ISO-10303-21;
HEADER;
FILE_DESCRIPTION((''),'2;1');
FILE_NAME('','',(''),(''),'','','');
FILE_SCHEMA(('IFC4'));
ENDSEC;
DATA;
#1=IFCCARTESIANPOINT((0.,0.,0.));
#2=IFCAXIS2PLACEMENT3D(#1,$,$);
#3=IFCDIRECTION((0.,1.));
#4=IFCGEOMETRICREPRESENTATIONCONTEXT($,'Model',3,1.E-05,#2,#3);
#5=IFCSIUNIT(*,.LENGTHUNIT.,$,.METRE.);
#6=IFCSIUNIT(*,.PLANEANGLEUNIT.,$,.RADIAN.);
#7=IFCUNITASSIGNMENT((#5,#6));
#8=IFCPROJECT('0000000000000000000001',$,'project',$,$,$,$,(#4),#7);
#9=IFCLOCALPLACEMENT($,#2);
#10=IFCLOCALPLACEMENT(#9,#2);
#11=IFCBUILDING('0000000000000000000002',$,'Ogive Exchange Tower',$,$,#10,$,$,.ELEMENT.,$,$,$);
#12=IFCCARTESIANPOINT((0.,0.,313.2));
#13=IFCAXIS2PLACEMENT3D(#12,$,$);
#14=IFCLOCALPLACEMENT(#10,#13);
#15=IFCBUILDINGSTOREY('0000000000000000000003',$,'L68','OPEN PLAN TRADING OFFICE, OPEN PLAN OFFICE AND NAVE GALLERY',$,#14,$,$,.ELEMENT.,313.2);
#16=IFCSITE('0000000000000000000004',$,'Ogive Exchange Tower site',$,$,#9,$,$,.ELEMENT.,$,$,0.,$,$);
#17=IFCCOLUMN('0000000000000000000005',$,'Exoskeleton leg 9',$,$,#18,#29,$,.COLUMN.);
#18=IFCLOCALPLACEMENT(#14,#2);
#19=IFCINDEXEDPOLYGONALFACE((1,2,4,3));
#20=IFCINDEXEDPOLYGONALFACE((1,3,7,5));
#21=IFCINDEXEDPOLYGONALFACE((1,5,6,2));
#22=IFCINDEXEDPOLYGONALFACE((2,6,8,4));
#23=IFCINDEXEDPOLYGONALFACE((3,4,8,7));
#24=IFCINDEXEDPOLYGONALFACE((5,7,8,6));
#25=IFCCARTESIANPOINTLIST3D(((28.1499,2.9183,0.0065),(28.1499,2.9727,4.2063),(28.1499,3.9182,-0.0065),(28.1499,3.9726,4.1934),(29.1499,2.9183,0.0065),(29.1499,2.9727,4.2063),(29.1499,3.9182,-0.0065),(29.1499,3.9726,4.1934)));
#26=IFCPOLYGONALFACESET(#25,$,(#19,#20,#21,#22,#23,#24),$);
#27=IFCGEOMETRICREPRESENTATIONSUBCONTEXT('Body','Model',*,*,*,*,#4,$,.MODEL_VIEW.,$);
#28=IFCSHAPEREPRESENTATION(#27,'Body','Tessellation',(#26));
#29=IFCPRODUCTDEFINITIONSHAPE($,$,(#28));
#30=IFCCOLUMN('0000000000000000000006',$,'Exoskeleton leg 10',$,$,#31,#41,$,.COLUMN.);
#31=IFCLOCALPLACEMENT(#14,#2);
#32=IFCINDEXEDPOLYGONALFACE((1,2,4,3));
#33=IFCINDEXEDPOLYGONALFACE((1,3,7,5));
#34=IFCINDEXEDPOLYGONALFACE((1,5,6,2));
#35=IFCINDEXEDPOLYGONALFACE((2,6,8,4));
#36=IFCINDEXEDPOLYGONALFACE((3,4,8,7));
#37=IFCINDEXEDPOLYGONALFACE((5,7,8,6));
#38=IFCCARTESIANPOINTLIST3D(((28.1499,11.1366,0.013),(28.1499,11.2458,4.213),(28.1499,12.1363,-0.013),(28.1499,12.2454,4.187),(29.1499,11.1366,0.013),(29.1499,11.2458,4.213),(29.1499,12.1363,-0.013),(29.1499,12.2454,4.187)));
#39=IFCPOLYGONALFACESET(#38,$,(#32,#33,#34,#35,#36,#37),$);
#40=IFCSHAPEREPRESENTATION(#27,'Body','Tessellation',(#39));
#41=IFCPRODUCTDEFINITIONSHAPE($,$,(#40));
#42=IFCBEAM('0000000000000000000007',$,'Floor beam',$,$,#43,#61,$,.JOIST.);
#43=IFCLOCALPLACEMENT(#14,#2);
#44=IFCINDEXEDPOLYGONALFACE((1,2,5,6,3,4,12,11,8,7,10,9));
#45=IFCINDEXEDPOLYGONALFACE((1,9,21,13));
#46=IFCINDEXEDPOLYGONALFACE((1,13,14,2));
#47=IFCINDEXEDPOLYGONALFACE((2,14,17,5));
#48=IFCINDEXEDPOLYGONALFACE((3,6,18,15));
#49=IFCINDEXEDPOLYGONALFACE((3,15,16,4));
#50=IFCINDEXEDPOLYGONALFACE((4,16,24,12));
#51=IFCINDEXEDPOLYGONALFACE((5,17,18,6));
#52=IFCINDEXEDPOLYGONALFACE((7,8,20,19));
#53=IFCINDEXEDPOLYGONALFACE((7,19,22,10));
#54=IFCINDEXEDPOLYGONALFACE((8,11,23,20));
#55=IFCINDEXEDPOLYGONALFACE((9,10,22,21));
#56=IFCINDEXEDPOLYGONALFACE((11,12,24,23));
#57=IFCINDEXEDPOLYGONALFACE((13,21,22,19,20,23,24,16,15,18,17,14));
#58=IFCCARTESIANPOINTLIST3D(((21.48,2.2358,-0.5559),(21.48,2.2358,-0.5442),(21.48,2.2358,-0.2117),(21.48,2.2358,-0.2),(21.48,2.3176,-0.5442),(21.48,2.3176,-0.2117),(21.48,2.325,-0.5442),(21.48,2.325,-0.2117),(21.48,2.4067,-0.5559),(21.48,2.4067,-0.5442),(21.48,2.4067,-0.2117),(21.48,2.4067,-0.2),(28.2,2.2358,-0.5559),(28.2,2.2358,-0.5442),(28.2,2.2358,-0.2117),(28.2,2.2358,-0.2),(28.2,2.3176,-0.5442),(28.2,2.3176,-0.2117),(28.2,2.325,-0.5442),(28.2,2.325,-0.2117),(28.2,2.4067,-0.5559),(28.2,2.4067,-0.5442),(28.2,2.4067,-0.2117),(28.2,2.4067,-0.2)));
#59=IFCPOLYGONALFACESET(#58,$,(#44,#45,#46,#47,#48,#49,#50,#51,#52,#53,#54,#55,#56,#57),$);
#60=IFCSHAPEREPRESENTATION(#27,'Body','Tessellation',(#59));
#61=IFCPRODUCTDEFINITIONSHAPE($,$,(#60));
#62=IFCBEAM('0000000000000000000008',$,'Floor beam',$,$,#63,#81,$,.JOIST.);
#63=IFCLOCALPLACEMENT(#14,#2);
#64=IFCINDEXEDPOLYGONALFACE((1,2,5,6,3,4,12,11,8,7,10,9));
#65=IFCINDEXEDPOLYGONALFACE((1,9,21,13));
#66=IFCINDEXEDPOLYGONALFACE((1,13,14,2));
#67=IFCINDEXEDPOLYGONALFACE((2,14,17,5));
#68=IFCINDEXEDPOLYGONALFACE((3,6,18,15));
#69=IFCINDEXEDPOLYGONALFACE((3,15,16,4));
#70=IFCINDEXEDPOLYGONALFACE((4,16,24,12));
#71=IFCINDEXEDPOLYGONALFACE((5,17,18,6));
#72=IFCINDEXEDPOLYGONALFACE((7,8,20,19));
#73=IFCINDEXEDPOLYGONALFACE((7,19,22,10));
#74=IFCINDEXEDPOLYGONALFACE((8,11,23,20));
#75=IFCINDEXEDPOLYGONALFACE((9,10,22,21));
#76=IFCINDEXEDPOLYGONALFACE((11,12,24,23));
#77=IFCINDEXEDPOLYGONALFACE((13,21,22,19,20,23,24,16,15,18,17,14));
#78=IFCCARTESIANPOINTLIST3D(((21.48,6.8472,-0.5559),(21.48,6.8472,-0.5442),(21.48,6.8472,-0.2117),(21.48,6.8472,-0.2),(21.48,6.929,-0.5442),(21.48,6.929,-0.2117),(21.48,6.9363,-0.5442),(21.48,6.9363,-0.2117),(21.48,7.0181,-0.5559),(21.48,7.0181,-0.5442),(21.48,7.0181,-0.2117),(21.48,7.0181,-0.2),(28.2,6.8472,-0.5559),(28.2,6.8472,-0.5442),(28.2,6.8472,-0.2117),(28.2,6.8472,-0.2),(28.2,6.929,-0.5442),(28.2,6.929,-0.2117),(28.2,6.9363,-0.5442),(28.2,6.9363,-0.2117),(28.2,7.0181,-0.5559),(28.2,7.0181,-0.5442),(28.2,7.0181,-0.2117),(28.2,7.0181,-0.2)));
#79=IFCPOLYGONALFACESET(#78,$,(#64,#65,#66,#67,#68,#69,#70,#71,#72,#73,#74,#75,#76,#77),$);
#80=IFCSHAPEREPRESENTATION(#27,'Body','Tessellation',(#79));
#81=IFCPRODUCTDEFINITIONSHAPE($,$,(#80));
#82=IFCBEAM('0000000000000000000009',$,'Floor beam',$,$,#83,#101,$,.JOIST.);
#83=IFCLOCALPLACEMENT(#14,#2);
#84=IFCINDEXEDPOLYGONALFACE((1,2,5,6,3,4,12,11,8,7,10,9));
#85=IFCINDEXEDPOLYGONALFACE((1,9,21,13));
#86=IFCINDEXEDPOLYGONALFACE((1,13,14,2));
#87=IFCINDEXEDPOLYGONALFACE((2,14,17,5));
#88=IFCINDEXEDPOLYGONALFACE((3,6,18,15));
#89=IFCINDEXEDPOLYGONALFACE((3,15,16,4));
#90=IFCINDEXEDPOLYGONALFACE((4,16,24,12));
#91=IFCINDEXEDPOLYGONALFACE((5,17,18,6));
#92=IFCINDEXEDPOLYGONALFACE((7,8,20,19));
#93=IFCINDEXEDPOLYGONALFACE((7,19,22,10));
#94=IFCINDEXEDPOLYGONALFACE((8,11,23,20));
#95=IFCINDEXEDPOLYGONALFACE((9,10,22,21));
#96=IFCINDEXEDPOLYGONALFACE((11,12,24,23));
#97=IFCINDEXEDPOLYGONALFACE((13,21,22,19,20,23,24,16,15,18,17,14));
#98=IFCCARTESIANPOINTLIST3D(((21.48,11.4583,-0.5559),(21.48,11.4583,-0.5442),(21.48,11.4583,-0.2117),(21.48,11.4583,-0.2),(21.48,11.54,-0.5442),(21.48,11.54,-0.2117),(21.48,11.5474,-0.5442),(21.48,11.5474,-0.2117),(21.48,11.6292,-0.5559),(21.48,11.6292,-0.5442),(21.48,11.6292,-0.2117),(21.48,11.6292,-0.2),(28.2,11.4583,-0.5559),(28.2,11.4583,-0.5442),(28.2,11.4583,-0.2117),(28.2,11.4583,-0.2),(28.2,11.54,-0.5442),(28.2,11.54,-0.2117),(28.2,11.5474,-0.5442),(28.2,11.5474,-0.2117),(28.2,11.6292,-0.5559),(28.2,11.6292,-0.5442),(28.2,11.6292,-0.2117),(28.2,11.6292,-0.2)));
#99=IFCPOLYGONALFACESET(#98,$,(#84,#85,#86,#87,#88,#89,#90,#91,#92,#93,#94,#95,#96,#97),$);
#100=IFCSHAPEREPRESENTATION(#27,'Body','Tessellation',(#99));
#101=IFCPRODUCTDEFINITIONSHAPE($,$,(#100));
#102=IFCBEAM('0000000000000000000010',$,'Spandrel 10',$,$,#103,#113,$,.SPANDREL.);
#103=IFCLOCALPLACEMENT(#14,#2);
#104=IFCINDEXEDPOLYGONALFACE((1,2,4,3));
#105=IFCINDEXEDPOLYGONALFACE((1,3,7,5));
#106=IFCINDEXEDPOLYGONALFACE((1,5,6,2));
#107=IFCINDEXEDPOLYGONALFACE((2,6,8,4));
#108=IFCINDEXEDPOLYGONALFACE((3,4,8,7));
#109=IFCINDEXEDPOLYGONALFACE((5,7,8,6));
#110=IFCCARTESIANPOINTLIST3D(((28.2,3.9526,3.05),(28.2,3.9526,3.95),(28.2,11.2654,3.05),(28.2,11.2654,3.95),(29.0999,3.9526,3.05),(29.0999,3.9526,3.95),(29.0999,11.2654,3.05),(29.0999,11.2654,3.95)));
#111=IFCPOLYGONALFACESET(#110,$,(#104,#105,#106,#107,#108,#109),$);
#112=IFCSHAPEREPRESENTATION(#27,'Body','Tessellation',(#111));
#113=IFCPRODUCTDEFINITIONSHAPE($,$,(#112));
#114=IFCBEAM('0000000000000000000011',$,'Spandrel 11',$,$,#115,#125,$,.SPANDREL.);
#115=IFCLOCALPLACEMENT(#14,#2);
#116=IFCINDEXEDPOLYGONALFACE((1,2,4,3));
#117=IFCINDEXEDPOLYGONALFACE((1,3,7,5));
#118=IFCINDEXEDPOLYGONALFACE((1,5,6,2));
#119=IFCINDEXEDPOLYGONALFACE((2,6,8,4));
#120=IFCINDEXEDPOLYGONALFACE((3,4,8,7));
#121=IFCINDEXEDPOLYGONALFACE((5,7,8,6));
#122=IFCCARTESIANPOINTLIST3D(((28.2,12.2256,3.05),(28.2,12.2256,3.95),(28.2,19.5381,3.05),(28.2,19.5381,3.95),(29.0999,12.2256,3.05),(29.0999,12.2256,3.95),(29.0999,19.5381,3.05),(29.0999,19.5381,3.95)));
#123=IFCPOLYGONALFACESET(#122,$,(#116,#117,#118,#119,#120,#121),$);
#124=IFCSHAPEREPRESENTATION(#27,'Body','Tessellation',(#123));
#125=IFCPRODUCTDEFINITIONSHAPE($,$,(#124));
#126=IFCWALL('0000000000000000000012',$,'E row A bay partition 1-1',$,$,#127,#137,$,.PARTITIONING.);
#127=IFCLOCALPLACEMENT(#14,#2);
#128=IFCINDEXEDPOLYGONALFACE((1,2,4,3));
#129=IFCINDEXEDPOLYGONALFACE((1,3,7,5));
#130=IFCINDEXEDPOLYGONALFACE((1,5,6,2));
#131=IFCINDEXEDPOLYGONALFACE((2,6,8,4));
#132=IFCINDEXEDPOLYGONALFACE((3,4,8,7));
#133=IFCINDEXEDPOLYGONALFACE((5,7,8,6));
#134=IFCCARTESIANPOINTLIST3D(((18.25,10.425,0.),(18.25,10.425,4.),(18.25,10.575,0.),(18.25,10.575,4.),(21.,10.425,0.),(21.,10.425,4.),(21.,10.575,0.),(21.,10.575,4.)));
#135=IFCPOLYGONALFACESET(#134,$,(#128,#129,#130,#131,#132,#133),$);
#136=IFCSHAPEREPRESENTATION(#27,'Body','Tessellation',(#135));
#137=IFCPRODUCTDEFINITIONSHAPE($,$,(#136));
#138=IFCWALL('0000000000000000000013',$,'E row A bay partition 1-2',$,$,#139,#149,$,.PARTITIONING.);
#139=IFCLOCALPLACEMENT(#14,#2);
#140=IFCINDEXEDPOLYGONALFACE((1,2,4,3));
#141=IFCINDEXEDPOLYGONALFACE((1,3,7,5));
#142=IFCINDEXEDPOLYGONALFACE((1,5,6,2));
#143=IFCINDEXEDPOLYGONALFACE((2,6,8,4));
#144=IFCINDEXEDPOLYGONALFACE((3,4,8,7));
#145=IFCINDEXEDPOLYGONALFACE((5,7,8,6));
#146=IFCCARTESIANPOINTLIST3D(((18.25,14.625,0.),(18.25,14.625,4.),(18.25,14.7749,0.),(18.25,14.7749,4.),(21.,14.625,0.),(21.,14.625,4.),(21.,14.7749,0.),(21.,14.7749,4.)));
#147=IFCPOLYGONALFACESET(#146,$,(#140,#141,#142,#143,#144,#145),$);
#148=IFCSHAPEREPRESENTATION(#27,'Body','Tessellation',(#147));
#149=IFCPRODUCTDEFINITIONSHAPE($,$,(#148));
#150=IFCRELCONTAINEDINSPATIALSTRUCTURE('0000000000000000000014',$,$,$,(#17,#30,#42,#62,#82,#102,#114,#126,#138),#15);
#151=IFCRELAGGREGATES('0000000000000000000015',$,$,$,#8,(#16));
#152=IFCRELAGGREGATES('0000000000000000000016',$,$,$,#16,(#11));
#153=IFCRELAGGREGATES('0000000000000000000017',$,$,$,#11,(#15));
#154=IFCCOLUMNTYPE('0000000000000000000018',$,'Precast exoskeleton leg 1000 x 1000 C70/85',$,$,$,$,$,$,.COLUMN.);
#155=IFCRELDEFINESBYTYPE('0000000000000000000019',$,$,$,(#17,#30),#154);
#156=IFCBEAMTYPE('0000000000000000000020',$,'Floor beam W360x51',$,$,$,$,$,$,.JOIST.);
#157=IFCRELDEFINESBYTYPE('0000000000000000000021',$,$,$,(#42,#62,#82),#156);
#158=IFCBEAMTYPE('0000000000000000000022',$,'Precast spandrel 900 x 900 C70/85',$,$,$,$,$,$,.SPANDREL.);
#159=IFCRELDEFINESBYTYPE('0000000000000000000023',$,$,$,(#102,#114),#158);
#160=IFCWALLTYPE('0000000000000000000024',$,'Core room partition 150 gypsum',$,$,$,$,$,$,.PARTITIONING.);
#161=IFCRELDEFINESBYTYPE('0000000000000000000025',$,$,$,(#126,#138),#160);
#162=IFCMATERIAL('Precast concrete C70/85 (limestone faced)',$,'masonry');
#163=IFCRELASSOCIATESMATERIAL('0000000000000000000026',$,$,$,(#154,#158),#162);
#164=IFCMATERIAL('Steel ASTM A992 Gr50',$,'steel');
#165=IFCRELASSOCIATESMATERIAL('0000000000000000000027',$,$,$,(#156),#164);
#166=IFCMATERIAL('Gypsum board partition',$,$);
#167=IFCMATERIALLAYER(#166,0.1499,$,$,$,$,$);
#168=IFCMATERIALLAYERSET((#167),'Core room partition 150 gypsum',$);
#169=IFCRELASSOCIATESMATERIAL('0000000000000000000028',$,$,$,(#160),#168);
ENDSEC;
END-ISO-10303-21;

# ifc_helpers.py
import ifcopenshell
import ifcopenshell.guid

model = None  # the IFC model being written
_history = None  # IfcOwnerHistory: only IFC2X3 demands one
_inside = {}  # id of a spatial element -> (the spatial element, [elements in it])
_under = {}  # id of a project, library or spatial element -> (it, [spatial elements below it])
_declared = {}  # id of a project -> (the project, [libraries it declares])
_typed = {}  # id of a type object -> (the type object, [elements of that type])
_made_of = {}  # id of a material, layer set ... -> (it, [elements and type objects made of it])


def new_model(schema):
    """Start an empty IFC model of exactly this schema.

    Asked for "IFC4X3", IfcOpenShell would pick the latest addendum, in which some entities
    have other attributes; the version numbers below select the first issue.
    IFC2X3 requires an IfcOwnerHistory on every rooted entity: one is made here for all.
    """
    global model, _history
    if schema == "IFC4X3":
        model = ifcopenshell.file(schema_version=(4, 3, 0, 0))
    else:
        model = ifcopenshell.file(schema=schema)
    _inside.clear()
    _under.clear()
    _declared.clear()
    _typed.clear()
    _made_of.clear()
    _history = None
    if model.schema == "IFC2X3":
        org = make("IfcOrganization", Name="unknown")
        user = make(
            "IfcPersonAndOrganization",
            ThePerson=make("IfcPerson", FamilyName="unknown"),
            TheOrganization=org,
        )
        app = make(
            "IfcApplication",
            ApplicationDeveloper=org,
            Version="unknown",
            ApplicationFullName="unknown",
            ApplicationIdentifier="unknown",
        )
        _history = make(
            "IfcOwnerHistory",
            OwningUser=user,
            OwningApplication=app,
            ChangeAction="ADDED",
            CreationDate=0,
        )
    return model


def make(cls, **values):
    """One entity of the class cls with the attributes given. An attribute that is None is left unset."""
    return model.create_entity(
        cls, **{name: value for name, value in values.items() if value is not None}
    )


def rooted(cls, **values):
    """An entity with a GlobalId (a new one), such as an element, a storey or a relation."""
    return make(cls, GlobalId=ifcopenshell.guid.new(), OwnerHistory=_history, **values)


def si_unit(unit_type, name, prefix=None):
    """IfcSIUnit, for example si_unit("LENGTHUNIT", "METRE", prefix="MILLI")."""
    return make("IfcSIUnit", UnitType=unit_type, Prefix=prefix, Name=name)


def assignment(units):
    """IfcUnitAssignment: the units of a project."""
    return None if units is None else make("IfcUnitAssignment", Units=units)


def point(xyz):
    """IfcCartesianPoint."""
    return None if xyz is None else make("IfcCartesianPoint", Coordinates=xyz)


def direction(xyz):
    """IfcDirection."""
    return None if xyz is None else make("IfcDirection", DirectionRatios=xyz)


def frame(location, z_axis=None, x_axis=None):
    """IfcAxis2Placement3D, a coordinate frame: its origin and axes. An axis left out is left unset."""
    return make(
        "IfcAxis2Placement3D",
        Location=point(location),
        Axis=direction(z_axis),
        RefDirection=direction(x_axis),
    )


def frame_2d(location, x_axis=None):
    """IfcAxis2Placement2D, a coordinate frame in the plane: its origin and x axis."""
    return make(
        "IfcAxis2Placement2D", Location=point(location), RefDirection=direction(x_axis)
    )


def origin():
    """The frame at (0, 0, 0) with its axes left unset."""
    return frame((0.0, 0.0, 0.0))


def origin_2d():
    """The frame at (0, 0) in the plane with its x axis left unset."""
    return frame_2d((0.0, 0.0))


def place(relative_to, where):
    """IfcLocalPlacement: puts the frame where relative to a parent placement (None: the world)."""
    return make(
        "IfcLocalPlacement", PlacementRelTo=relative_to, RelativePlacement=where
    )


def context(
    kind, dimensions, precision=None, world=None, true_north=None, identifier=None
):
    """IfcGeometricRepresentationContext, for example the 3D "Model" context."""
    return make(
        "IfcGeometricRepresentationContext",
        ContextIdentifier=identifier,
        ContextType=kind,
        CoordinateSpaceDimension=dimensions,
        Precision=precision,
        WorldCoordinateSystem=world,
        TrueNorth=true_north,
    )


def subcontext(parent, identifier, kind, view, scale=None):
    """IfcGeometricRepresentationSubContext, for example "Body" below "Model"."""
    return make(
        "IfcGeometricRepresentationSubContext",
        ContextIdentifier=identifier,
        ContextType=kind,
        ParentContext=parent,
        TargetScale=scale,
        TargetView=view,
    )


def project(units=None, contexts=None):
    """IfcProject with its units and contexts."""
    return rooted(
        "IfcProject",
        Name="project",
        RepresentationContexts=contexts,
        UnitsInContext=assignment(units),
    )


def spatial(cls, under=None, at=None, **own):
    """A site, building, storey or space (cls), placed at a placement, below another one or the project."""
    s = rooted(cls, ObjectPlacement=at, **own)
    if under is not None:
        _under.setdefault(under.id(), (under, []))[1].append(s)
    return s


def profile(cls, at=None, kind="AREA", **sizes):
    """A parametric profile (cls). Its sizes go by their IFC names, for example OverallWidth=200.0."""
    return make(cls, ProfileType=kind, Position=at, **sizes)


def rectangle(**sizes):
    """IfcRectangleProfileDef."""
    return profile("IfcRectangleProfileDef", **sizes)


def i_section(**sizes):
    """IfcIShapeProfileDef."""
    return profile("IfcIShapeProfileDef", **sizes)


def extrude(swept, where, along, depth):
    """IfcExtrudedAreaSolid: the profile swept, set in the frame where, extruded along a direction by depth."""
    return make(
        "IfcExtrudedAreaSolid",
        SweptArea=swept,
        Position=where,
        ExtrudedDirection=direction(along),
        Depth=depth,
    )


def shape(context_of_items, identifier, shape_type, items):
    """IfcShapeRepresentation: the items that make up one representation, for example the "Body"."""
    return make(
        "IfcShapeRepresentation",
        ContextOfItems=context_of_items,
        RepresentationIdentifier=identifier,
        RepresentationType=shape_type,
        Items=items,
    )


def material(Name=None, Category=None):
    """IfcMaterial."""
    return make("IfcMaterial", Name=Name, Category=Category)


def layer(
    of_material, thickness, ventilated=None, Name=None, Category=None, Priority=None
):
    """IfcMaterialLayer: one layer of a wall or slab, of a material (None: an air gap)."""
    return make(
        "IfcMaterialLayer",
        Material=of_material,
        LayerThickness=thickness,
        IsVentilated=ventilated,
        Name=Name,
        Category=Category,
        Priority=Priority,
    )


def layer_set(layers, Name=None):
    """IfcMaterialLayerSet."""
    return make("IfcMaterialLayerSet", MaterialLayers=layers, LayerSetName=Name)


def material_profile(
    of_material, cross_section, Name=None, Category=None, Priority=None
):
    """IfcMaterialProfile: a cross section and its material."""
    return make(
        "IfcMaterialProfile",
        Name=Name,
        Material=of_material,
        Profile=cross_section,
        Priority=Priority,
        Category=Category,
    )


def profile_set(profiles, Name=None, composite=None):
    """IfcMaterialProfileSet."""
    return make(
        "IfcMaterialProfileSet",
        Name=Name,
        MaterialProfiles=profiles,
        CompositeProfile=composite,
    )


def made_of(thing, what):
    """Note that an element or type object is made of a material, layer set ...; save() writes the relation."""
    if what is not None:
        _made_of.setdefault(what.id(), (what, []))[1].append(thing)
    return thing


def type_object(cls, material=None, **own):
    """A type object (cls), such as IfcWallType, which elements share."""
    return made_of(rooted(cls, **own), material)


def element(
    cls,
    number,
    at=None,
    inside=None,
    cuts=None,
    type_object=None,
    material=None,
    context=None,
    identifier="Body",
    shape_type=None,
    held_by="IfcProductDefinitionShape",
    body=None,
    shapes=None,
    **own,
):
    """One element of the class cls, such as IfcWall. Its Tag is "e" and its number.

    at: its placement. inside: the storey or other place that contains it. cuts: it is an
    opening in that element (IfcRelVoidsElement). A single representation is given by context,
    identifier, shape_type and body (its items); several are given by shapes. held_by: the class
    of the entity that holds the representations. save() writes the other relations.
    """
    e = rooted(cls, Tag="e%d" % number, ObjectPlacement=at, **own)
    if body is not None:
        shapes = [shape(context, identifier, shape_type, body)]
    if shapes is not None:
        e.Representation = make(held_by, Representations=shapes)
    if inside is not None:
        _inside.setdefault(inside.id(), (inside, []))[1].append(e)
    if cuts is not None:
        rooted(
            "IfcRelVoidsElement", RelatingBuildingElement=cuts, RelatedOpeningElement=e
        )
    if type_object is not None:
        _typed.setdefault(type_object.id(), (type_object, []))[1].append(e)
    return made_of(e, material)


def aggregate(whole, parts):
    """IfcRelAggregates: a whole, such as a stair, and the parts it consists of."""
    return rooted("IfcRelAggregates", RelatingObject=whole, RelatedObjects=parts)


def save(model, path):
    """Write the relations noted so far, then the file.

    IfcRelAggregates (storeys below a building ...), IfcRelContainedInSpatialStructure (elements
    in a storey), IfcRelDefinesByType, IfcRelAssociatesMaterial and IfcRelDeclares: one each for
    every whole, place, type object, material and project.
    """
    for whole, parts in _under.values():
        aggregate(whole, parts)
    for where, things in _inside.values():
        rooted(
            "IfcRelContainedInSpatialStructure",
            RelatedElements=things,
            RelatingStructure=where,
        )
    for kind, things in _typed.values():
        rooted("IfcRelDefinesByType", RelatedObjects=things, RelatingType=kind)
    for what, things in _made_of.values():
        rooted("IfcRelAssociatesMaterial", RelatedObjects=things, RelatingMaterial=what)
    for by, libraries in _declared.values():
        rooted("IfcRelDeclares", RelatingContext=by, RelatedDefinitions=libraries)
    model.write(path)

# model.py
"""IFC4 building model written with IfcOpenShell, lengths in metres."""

from ifc_helpers import new_model, si_unit, direction, frame, frame_2d, origin, origin_2d, place, context, subcontext, project, spatial, rectangle, i_section, extrude, material, layer, layer_set, material_profile, profile_set, type_object, element, save


model = new_model("IFC4")

# Units and contexts
model_context = context("Model", 3, precision=1e-05, world=origin(), true_north=direction((0.0, 1.0)))
body_context = subcontext(model_context, "Body", "Model", "MODEL_VIEW")
ifc_project = project(units=[si_unit("LENGTHUNIT", "METRE"), si_unit("PLANEANGLEUNIT", "RADIAN")], contexts=[model_context])

# Site, building, storey
site_placement = place(None, origin())
site = spatial("IfcSite", under=ifc_project, at=site_placement, Name="Ogive Exchange Tower site", CompositionType="ELEMENT", RefElevation=0.0)
building_placement = place(site_placement, origin())
building = spatial("IfcBuilding", under=site, at=building_placement, Name="Ogive Exchange Tower", CompositionType="ELEMENT")
storey_placement = place(building_placement, frame((0.0, 0.0, 313.2)))
storey = spatial("IfcBuildingStorey", under=building, at=storey_placement, Name="L68", Description="OPEN PLAN TRADING OFFICE, OPEN PLAN OFFICE AND NAVE GALLERY", CompositionType="ELEMENT", Elevation=313.2)

# Columns
ifc_material_1 = material(Name="Precast concrete C70/85 (limestone faced)", Category="masonry")
ifc_material_profile_1 = material_profile(ifc_material_1, rectangle(XDim=1.0, YDim=1.0, at=origin_2d()), Name="1000 x 1000")
ifc_profile_set_1 = profile_set([ifc_material_profile_1], Name="Precast concrete C70/85 (limestone faced)")
column_type = type_object("IfcColumnType", Name="Precast exoskeleton leg 1000 x 1000 C70/85", PredefinedType="COLUMN", material=ifc_profile_set_1)
column_1_placement = place(storey_placement, frame((28.6499, 3.4182, 0.0), z_axis=(0.0, 0.012962, 0.999916), x_axis=(-1.0, 0.0, 0.0)))
element("IfcColumn", 1, at=column_1_placement, inside=storey, type_object=column_type, Name="Exoskeleton leg 9", PredefinedType="COLUMN", context=body_context, shape_type="SweptSolid", body=[
    extrude(rectangle(XDim=1.0, YDim=1.0, at=origin_2d()), origin(), (0.0, 0.0, 1.0), 4.2002),
])
column_2_placement = place(storey_placement, frame((28.6499, 11.6365, 0.0), z_axis=(0.0, 0.025975, 0.999663), x_axis=(-1.0, 0.0, 0.0)))
element("IfcColumn", 2, at=column_2_placement, inside=storey, type_object=column_type, Name="Exoskeleton leg 10", PredefinedType="COLUMN", context=body_context, shape_type="SweptSolid", body=[
    extrude(rectangle(XDim=1.0, YDim=1.0, at=origin_2d()), origin(), (0.0, 0.0, 1.0), 4.2014),
])

# Beams
ifc_material_2 = material(Name="Steel ASTM A992 Gr50", Category="steel")
ifc_material_profile_2 = material_profile(ifc_material_2, i_section(OverallWidth=0.1709, OverallDepth=0.356, WebThickness=0.0073, FlangeThickness=0.0117, at=origin_2d()), Name="W360x51")
ifc_profile_set_2 = profile_set([ifc_material_profile_2], Name="Steel ASTM A992 Gr50")
beam_type_1 = type_object("IfcBeamType", Name="Floor beam W360x51", PredefinedType="JOIST", material=ifc_profile_set_2)
for number, where, z_axis, x_axis, name in (
    (3, (21.48, 2.3213, -0.3779), (1.0, 0.0, 0.0), (0.0, 1.0, 0.0), "Floor beam"),
    (4, (21.48, 6.9326, -0.3779), (1.0, 0.0, 0.0), (0.0, 1.0, 0.0), "Floor beam"),
    (5, (21.48, 11.5437, -0.3779), (1.0, 0.0, 0.0), (0.0, 1.0, 0.0), "Floor beam"),
):
    element("IfcBeam", number, at=place(storey_placement, frame(where, z_axis=z_axis, x_axis=x_axis)), inside=storey, type_object=beam_type_1, Name=name, PredefinedType="JOIST", context=body_context, shape_type="SweptSolid", body=[
        extrude(i_section(OverallWidth=0.1709, OverallDepth=0.356, WebThickness=0.0073, FlangeThickness=0.0117, at=origin_2d()), origin(), (0.0, 0.0, 1.0), 6.72),
    ])
ifc_material_profile_3 = material_profile(ifc_material_1, rectangle(XDim=0.8999, YDim=0.8999, at=origin_2d()), Name="900 x 900")
ifc_profile_set_3 = profile_set([ifc_material_profile_3], Name="Precast concrete C70/85 (limestone faced)")
beam_type_2 = type_object("IfcBeamType", Name="Precast spandrel 900 x 900 C70/85", PredefinedType="SPANDREL", material=ifc_profile_set_3)
beam_1_placement = place(storey_placement, frame((28.6499, 3.9526, 3.5), z_axis=(0.0, 1.0, 0.0), x_axis=(-1.0, 0.0, 0.0)))
element("IfcBeam", 6, at=beam_1_placement, inside=storey, type_object=beam_type_2, Name="Spandrel 10", PredefinedType="SPANDREL", context=body_context, shape_type="SweptSolid", body=[
    extrude(rectangle(XDim=0.8999, YDim=0.8999, at=origin_2d()), origin(), (0.0, 0.0, 1.0), 7.3127),
])
beam_2_placement = place(storey_placement, frame((28.6499, 12.2256, 3.5), z_axis=(0.0, 1.0, 0.0), x_axis=(-1.0, 0.0, 0.0)))
element("IfcBeam", 7, at=beam_2_placement, inside=storey, type_object=beam_type_2, Name="Spandrel 11", PredefinedType="SPANDREL", context=body_context, shape_type="SweptSolid", body=[
    extrude(rectangle(XDim=0.8999, YDim=0.8999, at=origin_2d()), origin(), (0.0, 0.0, 1.0), 7.3125),
])

# Walls
ifc_material_3 = material(Name="Gypsum board partition")
ifc_layer_1 = layer(ifc_material_3, 0.1499)
ifc_layer_set_1 = layer_set([ifc_layer_1], Name="Core room partition 150 gypsum")
wall_type_1 = type_object("IfcWallType", Name="Core room partition 150 gypsum", PredefinedType="PARTITIONING", material=ifc_layer_set_1)
for number, where, z_axis, x_axis, name in (
    (8, (18.25, 10.5, 0.0), (0.0, 0.0, 1.0), (1.0, 0.0, 0.0), "E row A bay partition 1-1"),
    (9, (18.25, 14.7, 0.0), (0.0, 0.0, 1.0), (1.0, 0.0, 0.0), "E row A bay partition 1-2"),
):
    element("IfcWall", number, at=place(storey_placement, frame(where, z_axis=z_axis, x_axis=x_axis)), inside=storey, type_object=wall_type_1, Name=name, PredefinedType="PARTITIONING", context=body_context, shape_type="SweptSolid", body=[
        extrude(rectangle(XDim=2.75, YDim=0.1499, at=frame_2d((1.375, 0.0))), origin(), (0.0, 0.0, 1.0), 4.0),
    ])

save(model, "model.ifc")
